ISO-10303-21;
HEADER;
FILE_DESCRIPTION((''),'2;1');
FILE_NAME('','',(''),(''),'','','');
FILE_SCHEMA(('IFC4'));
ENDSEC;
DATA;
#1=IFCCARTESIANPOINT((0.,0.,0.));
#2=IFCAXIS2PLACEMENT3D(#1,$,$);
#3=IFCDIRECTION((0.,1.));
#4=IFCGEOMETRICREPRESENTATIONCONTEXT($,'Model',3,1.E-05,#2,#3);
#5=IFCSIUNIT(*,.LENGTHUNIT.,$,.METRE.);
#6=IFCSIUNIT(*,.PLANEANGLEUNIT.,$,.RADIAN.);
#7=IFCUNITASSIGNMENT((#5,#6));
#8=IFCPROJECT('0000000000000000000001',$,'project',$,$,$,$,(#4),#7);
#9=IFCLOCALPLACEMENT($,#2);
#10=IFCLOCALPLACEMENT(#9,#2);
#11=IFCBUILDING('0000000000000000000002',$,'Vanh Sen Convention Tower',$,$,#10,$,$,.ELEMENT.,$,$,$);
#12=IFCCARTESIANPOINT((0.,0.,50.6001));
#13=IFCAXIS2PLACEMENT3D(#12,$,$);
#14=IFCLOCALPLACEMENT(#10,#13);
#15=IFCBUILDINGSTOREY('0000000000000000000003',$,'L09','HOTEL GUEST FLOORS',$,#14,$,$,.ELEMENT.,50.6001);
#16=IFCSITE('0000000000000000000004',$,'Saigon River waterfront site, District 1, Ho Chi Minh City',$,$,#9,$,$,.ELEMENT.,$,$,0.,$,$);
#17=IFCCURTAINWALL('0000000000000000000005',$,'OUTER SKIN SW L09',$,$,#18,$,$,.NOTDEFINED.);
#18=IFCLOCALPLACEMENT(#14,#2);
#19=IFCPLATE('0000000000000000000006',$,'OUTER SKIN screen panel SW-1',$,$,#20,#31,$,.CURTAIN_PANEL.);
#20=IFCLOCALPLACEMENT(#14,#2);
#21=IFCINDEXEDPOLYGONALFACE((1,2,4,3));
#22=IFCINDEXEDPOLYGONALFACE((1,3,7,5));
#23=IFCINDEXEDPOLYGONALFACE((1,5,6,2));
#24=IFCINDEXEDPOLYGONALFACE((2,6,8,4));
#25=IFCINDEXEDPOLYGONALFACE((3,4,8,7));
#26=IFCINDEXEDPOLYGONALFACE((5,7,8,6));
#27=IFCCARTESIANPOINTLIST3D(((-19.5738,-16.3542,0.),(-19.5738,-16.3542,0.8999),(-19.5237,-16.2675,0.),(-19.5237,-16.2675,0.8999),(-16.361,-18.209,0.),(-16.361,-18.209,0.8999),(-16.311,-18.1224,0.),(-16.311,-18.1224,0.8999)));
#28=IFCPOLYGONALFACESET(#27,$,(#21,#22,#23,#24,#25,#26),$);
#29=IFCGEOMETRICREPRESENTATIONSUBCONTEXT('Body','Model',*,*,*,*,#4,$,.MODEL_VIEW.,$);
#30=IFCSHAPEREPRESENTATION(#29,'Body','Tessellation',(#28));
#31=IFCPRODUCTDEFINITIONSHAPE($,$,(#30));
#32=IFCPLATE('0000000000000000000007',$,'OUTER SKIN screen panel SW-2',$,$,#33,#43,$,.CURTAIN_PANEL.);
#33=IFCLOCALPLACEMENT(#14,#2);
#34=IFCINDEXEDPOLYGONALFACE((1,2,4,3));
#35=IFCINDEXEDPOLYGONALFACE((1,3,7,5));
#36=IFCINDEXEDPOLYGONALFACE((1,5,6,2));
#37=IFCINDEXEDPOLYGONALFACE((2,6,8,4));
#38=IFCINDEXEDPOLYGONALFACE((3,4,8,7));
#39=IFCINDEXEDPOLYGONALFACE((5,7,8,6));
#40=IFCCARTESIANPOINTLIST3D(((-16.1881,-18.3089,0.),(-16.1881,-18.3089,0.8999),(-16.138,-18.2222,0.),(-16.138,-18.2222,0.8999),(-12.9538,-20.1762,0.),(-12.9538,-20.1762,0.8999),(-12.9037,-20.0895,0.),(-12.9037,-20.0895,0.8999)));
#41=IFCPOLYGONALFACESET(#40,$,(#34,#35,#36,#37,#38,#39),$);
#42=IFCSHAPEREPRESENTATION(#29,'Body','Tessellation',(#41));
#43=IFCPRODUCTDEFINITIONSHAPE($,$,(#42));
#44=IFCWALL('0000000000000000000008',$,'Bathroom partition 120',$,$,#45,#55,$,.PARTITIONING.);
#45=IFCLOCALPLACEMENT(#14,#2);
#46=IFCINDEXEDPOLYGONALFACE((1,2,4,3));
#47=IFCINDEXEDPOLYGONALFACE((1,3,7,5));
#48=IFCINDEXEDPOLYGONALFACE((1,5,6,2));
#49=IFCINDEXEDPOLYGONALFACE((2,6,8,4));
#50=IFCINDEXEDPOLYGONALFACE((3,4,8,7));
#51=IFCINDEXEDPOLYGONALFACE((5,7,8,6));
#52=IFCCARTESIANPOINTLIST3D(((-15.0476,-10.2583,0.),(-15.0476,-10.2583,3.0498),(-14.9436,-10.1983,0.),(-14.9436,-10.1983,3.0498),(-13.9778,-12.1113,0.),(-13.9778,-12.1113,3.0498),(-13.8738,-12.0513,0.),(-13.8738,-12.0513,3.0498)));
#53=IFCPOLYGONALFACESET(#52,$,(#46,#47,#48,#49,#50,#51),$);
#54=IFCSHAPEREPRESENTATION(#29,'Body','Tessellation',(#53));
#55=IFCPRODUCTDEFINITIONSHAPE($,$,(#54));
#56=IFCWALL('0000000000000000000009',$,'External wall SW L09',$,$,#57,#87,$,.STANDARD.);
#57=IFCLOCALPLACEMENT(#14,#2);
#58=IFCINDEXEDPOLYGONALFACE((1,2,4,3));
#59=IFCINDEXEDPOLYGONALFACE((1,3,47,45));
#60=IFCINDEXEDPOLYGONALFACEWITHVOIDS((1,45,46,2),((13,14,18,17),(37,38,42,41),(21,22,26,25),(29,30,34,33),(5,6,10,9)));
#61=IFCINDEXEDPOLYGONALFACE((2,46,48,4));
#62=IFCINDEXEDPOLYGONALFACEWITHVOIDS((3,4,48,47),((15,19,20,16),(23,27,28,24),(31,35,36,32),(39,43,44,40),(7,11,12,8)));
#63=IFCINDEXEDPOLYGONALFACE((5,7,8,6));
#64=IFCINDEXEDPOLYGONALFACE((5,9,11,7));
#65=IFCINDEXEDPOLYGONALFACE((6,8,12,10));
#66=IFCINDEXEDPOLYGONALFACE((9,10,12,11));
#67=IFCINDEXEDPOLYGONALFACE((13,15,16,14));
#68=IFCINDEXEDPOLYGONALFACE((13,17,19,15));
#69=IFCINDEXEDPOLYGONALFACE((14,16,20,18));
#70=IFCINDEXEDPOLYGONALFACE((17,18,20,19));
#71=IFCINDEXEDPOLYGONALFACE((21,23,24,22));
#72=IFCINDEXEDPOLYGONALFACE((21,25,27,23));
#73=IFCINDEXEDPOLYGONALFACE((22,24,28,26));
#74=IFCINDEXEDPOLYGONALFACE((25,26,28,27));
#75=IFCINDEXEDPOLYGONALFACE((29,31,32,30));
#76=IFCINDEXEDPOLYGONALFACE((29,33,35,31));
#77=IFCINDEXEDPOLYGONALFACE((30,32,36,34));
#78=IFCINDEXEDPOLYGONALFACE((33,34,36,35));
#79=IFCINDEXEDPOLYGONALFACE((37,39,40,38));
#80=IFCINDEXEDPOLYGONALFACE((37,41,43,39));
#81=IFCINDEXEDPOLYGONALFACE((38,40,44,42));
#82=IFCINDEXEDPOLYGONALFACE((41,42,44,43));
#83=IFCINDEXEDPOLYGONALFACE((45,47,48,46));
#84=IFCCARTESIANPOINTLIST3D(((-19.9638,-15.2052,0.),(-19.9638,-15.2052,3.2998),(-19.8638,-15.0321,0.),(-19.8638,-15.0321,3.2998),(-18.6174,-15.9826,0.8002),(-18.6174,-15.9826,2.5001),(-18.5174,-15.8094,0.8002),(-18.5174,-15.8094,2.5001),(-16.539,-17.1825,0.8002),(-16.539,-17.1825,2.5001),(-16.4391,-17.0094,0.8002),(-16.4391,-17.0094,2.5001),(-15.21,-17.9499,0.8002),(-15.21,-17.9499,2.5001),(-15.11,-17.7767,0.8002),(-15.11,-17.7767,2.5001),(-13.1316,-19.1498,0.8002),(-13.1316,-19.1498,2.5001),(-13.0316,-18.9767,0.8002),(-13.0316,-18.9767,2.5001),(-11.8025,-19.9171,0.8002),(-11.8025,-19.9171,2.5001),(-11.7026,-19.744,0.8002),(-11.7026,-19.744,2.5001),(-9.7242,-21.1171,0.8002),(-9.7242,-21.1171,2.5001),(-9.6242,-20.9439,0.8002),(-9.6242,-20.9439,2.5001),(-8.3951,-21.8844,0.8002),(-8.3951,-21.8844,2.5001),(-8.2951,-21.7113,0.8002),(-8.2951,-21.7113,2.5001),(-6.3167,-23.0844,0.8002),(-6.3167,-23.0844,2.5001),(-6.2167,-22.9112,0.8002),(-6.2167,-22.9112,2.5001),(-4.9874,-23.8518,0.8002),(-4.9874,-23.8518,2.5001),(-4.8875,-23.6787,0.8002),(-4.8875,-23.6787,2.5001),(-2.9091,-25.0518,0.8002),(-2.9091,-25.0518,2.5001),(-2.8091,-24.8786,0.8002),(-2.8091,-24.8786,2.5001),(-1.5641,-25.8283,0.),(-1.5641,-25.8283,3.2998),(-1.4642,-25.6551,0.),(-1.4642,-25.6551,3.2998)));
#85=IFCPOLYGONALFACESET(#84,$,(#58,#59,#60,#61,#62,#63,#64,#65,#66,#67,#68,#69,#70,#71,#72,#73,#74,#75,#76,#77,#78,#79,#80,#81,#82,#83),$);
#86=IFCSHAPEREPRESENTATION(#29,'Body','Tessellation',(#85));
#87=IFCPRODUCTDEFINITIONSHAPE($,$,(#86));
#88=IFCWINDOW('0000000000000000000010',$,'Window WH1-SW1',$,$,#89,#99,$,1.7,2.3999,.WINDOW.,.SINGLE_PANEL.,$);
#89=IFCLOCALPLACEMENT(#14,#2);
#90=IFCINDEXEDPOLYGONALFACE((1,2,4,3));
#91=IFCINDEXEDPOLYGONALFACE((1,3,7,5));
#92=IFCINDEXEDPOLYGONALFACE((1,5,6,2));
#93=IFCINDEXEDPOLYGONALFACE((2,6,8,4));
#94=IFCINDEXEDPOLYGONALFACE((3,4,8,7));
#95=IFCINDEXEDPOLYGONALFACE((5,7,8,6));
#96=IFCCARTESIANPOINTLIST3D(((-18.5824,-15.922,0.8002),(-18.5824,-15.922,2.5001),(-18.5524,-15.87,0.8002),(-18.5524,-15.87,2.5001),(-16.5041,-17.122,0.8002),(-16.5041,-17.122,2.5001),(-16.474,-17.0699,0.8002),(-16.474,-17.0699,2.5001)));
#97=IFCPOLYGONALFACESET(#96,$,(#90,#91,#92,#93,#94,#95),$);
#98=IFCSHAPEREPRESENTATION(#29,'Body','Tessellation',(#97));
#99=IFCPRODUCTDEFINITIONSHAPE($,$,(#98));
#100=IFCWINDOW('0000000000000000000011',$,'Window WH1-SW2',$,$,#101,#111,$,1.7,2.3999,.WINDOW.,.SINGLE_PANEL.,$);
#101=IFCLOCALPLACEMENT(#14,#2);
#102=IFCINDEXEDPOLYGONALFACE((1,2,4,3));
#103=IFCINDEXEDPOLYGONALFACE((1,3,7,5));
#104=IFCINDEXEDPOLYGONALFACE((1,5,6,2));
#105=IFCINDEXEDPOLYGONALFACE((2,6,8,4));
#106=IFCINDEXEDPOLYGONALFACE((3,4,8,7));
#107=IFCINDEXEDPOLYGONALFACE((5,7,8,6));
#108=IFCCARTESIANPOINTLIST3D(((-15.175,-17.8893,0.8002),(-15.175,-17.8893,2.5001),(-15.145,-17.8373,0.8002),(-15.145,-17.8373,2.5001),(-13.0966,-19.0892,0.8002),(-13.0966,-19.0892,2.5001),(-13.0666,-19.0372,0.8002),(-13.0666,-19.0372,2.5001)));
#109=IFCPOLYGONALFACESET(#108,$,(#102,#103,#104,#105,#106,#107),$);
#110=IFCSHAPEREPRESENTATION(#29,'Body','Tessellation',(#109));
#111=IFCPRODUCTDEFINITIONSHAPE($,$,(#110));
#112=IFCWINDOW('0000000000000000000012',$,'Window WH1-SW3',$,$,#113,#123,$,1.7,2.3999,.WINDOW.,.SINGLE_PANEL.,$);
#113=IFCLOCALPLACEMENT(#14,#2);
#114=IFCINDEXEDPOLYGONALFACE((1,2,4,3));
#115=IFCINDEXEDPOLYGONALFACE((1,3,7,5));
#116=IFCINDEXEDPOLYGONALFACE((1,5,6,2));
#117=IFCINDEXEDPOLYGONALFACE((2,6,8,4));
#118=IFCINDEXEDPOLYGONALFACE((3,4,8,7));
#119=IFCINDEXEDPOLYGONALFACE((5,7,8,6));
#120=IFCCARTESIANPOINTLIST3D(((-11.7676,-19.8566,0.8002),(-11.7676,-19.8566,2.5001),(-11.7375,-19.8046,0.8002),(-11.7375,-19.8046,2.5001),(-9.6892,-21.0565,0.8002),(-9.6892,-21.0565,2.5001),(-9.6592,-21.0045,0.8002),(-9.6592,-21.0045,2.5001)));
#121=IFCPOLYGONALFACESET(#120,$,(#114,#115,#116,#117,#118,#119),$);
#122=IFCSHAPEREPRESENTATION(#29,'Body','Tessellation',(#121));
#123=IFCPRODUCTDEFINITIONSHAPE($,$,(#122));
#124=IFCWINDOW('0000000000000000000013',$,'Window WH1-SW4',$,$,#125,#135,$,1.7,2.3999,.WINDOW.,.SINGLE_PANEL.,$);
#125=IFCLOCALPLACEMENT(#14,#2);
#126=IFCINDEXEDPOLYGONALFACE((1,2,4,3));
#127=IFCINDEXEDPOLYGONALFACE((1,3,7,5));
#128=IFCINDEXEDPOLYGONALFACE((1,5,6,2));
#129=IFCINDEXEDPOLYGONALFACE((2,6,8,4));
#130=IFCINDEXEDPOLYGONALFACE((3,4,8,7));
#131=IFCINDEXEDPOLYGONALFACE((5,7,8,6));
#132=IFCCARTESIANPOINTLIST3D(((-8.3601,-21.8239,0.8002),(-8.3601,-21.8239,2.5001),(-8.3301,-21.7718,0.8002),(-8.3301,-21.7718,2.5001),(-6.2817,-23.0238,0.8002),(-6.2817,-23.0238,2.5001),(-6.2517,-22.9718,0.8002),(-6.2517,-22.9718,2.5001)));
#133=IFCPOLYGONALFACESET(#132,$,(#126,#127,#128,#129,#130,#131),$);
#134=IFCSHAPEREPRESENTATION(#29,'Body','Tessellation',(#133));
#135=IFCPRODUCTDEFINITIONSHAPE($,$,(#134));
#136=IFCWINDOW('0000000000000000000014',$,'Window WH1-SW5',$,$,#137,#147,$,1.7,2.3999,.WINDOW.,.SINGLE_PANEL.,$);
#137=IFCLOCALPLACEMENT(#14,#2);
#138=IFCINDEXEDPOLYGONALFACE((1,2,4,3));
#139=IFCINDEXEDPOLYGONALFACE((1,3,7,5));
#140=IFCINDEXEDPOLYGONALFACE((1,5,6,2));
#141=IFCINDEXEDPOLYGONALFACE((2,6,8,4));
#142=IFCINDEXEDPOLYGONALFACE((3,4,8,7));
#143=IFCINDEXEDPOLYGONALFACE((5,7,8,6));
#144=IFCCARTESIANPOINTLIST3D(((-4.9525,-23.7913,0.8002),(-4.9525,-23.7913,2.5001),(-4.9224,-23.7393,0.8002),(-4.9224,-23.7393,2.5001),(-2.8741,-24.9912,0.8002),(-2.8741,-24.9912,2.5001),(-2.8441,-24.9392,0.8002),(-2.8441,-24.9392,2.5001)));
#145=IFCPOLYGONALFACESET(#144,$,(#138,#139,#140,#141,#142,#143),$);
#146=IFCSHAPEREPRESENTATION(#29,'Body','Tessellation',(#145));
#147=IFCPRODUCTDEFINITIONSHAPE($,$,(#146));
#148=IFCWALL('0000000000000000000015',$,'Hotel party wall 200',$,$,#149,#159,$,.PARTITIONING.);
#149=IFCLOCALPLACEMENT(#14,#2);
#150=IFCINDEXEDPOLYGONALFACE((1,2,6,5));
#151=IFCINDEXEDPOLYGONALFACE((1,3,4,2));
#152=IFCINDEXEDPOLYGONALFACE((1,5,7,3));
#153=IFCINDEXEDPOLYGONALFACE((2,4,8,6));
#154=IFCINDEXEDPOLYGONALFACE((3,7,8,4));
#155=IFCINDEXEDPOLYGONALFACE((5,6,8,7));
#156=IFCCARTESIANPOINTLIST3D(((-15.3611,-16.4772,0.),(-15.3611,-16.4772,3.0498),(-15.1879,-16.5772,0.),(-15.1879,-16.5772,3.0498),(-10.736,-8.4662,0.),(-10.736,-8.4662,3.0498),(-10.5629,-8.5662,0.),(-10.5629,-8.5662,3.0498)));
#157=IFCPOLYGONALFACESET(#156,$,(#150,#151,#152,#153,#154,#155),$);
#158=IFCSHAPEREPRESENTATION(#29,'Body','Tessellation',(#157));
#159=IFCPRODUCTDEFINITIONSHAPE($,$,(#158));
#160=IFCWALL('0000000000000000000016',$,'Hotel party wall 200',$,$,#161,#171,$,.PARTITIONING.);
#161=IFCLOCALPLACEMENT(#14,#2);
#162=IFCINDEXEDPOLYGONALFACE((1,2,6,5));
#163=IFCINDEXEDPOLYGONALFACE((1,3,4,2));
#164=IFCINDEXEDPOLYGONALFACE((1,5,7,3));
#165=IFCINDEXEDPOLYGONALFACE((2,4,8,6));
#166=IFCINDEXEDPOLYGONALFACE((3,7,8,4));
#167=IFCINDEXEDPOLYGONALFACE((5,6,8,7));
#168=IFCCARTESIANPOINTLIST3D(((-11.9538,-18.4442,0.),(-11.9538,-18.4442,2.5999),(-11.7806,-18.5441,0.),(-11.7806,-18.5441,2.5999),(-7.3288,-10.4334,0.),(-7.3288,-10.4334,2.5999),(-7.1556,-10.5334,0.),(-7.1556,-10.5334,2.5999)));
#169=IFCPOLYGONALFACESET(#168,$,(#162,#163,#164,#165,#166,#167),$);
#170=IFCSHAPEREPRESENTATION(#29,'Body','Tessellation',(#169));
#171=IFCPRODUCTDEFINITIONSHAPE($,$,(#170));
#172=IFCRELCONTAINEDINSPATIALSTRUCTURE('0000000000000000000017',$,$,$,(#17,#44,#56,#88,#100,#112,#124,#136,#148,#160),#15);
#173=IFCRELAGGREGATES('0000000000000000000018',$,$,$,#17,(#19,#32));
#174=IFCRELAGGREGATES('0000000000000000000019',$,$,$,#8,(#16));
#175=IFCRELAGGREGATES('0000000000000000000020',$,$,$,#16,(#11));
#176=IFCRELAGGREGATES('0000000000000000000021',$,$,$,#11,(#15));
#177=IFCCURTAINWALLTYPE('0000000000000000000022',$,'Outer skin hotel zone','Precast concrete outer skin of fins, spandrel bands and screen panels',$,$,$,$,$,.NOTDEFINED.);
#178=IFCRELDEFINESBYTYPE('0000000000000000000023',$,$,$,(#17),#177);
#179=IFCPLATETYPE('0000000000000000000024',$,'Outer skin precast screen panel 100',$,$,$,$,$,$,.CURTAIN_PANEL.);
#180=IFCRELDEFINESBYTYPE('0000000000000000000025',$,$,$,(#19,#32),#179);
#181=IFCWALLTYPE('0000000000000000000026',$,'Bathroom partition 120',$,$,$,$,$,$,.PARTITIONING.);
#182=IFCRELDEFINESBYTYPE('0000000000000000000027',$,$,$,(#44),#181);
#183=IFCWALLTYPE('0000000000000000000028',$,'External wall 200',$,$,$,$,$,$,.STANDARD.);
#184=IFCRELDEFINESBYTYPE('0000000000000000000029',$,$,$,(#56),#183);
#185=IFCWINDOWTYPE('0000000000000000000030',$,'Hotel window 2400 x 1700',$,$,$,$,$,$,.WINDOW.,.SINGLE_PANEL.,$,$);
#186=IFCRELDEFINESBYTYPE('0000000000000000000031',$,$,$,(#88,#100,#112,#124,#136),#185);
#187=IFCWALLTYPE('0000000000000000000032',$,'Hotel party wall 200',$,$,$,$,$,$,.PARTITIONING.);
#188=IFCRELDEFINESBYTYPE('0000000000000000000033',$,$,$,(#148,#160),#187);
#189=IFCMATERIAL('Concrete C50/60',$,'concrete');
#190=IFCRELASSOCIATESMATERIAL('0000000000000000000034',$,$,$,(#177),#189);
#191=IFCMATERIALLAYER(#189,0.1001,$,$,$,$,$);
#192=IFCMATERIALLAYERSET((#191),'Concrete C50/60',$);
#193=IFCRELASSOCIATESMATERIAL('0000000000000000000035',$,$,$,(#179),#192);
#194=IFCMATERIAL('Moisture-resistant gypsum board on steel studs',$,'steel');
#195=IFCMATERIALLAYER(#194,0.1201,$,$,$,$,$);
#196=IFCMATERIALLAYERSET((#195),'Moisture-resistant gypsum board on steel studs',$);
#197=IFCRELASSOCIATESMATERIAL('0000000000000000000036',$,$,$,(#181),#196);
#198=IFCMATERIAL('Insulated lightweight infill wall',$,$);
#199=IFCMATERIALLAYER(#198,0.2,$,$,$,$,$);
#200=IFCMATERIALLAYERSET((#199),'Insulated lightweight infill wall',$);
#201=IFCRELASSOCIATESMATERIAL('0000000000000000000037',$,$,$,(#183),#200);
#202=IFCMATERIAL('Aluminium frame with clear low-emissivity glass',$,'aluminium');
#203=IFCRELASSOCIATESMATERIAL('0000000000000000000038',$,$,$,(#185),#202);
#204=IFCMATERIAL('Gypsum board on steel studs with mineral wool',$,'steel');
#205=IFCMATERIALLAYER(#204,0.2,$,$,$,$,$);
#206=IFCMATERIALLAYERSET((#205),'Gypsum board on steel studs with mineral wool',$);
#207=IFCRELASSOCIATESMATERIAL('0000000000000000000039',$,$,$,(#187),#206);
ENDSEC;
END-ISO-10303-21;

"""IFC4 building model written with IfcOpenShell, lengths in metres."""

from ifc_helpers import new_model, si_unit, direction, frame, frame_2d, origin, origin_2d, place, context, subcontext, project, spatial, rectangle, extrude, material, layer, layer_set, type_object, element, fill, aggregate, save


model = new_model("IFC4")

# Units and contexts
model_context = context("Model", 3, precision=1e-05, world=origin(), true_north=direction((0.0, 1.0)))
body_context = subcontext(model_context, "Body", "Model", "MODEL_VIEW")
ifc_project = project(units=[si_unit("LENGTHUNIT", "METRE"), si_unit("PLANEANGLEUNIT", "RADIAN")], contexts=[model_context])

# Site, building, storey
site_placement = place(None, origin())
site = spatial("IfcSite", under=ifc_project, at=site_placement, Name="Saigon River waterfront site, District 1, Ho Chi Minh City", CompositionType="ELEMENT", RefElevation=0.0)
building_placement = place(site_placement, origin())
building = spatial("IfcBuilding", under=site, at=building_placement, Name="Vanh Sen Convention Tower", CompositionType="ELEMENT")
storey_placement = place(building_placement, frame((0.0, 0.0, 50.6001)))
storey = spatial("IfcBuildingStorey", under=building, at=storey_placement, Name="L09", Description="HOTEL GUEST FLOORS", CompositionType="ELEMENT", Elevation=50.6001)

# Curtain wall
ifc_material_1 = material(Name="Concrete C50/60", Category="concrete")
curtain_wall_type = type_object("IfcCurtainWallType", Name="Outer skin hotel zone", Description="Precast concrete outer skin of fins, spandrel bands and screen panels", PredefinedType="NOTDEFINED", material=ifc_material_1)
curtain_wall_1_placement = place(storey_placement, origin())
curtain_wall_1 = element("IfcCurtainWall", 1, at=curtain_wall_1_placement, inside=storey, type_object=curtain_wall_type, Name="OUTER SKIN SW L09", PredefinedType="NOTDEFINED")

# Shared definitions
ifc_layer_1 = layer(ifc_material_1, 0.1001)
ifc_layer_set_1 = layer_set([ifc_layer_1], Name="Concrete C50/60")
plate_type = type_object("IfcPlateType", Name="Outer skin precast screen panel 100", PredefinedType="CURTAIN_PANEL", material=ifc_layer_set_1)

# Plates
plate_1_placement = place(storey_placement, frame((-17.9424, -17.2383, 0.0), z_axis=(0.0, 0.0, 1.0), x_axis=(0.866028, -0.499995, 0.0)))
plate_1 = element("IfcPlate", 2, at=plate_1_placement, type_object=plate_type, Name="OUTER SKIN screen panel SW-1", PredefinedType="CURTAIN_PANEL", context=body_context, shape_type="SweptSolid", body=[
    extrude(rectangle(XDim=3.7097, YDim=0.1001, at=origin_2d()), origin(), (0.0, 0.0, 1.0), 0.8999),
])
plate_2_placement = place(storey_placement, frame((-14.5459, -19.1992, 0.0), z_axis=(0.0, 0.0, 1.0), x_axis=(0.866032, -0.499988, 0.0)))
plate_2 = element("IfcPlate", 3, at=plate_2_placement, type_object=plate_type, Name="OUTER SKIN screen panel SW-2", PredefinedType="CURTAIN_PANEL", context=body_context, shape_type="SweptSolid", body=[
    extrude(rectangle(XDim=3.7346, YDim=0.1001, at=origin_2d()), origin(), (0.0, 0.0, 1.0), 0.8999),
])
aggregate(curtain_wall_1, [plate_1, plate_2])

# Wall
ifc_material_2 = material(Name="Moisture-resistant gypsum board on steel studs", Category="steel")
ifc_layer_2 = layer(ifc_material_2, 0.1201)
ifc_layer_set_2 = layer_set([ifc_layer_2], Name="Moisture-resistant gypsum board on steel studs")
wall_type_1 = type_object("IfcWallType", Name="Bathroom partition 120", PredefinedType="PARTITIONING", material=ifc_layer_set_2)
wall_1_placement = place(storey_placement, frame((-13.9258, -12.0813, 0.0), z_axis=(0.0, 0.0, 1.0), x_axis=(-0.499992, 0.86603, 0.0)))
element("IfcWall", 4, at=wall_1_placement, inside=storey, type_object=wall_type_1, Name="Bathroom partition 120", PredefinedType="PARTITIONING", context=body_context, shape_type="SweptSolid", body=[
    extrude(rectangle(XDim=2.1396, YDim=0.1201, at=frame_2d((1.0698, 0.0))), origin(), (0.0, 0.0, 1.0), 3.0498),
])

# Wall, openings, windows
ifc_material_3 = material(Name="Insulated lightweight infill wall")
ifc_layer_3 = layer(ifc_material_3, 0.2)
ifc_layer_set_3 = layer_set([ifc_layer_3], Name="Insulated lightweight infill wall")
wall_type_2 = type_object("IfcWallType", Name="External wall 200", PredefinedType="STANDARD", material=ifc_layer_set_3)
wall_2_placement = place(storey_placement, frame((-19.9138, -15.1187, 0.0), z_axis=(0.0, 0.0, 1.0), x_axis=(0.866025, -0.5, 0.0)))
wall_2 = element("IfcWall", 5, at=wall_2_placement, inside=storey, type_object=wall_type_2, Name="External wall SW L09", PredefinedType="STANDARD", context=body_context, shape_type="SweptSolid", body=[
    extrude(rectangle(XDim=21.2461, YDim=0.2, at=frame_2d((10.623, 0.0))), origin(), (0.0, 0.0, 1.0), 3.2998),
])
opening_1_placement = place(wall_2_placement, frame((1.5547, 0.0, 0.8)))
opening_1 = element("IfcOpeningElement", 6, at=opening_1_placement, cuts=wall_2, PredefinedType="OPENING", context=body_context, shape_type="SweptSolid", body=[
    extrude(rectangle(XDim=2.3999, YDim=1.7, at=frame_2d((1.2, 0.8501))), frame((0.0, 0.1099, 0.0), z_axis=(0.0, -1.0, 0.0), x_axis=(1.0, 0.0, 0.0)), (0.0, 0.0, 1.0), 0.22),
])
opening_2_placement = place(wall_2_placement, frame((5.4893, 0.0, 0.8)))
opening_2 = element("IfcOpeningElement", 7, at=opening_2_placement, cuts=wall_2, PredefinedType="OPENING", context=body_context, shape_type="SweptSolid", body=[
    extrude(rectangle(XDim=2.3999, YDim=1.7, at=frame_2d((1.2, 0.8501))), frame((0.0, 0.1099, 0.0), z_axis=(0.0, -1.0, 0.0), x_axis=(1.0, 0.0, 0.0)), (0.0, 0.0, 1.0), 0.22),
])
opening_3_placement = place(wall_2_placement, frame((9.4238, 0.0, 0.8)))
opening_3 = element("IfcOpeningElement", 8, at=opening_3_placement, cuts=wall_2, PredefinedType="OPENING", context=body_context, shape_type="SweptSolid", body=[
    extrude(rectangle(XDim=2.3999, YDim=1.7, at=frame_2d((1.2, 0.8501))), frame((0.0, 0.1099, 0.0), z_axis=(0.0, -1.0, 0.0), x_axis=(1.0, 0.0, 0.0)), (0.0, 0.0, 1.0), 0.22),
])
opening_4_placement = place(wall_2_placement, frame((13.3584, 0.0, 0.8)))
opening_4 = element("IfcOpeningElement", 9, at=opening_4_placement, cuts=wall_2, PredefinedType="OPENING", context=body_context, shape_type="SweptSolid", body=[
    extrude(rectangle(XDim=2.3999, YDim=1.7, at=frame_2d((1.2, 0.8501))), frame((0.0, 0.1099, 0.0), z_axis=(0.0, -1.0, 0.0), x_axis=(1.0, 0.0, 0.0)), (0.0, 0.0, 1.0), 0.22),
])
opening_5_placement = place(wall_2_placement, frame((17.2932, 0.0, 0.8)))
opening_5 = element("IfcOpeningElement", 10, at=opening_5_placement, cuts=wall_2, PredefinedType="OPENING", context=body_context, shape_type="SweptSolid", body=[
    extrude(rectangle(XDim=2.3999, YDim=1.7, at=frame_2d((1.2, 0.8501))), frame((0.0, 0.1099, 0.0), z_axis=(0.0, -1.0, 0.0), x_axis=(1.0, 0.0, 0.0)), (0.0, 0.0, 1.0), 0.22),
])
ifc_material_4 = material(Name="Aluminium frame with clear low-emissivity glass", Category="aluminium")
window_type = type_object("IfcWindowType", Name="Hotel window 2400 x 1700", PartitioningType="SINGLE_PANEL", PredefinedType="WINDOW", material=ifc_material_4)
window_1_placement = place(opening_1_placement, origin())
window_1 = element("IfcWindow", 11, at=window_1_placement, inside=storey, type_object=window_type, Name="Window WH1-SW1", OverallHeight=1.7, OverallWidth=2.3999, PartitioningType="SINGLE_PANEL", PredefinedType="WINDOW", context=body_context, shape_type="SweptSolid", body=[
    extrude(rectangle(XDim=2.3999, YDim=1.7, at=frame_2d((1.2, 0.8501))), frame((0.0, 0.03, 0.0), z_axis=(0.0, -1.0, 0.0), x_axis=(1.0, 0.0, 0.0)), (0.0, 0.0, 1.0), 0.0601),
])
fill(opening_1, window_1)
window_2_placement = place(opening_2_placement, origin())
window_2 = element("IfcWindow", 12, at=window_2_placement, inside=storey, type_object=window_type, Name="Window WH1-SW2", OverallHeight=1.7, OverallWidth=2.3999, PartitioningType="SINGLE_PANEL", PredefinedType="WINDOW", context=body_context, shape_type="SweptSolid", body=[
    extrude(rectangle(XDim=2.3999, YDim=1.7, at=frame_2d((1.2, 0.8501))), frame((0.0, 0.03, 0.0), z_axis=(0.0, -1.0, 0.0), x_axis=(1.0, 0.0, 0.0)), (0.0, 0.0, 1.0), 0.0601),
])
fill(opening_2, window_2)
window_3_placement = place(opening_3_placement, origin())
window_3 = element("IfcWindow", 13, at=window_3_placement, inside=storey, type_object=window_type, Name="Window WH1-SW3", OverallHeight=1.7, OverallWidth=2.3999, PartitioningType="SINGLE_PANEL", PredefinedType="WINDOW", context=body_context, shape_type="SweptSolid", body=[
    extrude(rectangle(XDim=2.3999, YDim=1.7, at=frame_2d((1.2, 0.8501))), frame((0.0, 0.03, 0.0), z_axis=(0.0, -1.0, 0.0), x_axis=(1.0, 0.0, 0.0)), (0.0, 0.0, 1.0), 0.0601),
])
fill(opening_3, window_3)
window_4_placement = place(opening_4_placement, origin())
window_4 = element("IfcWindow", 14, at=window_4_placement, inside=storey, type_object=window_type, Name="Window WH1-SW4", OverallHeight=1.7, OverallWidth=2.3999, PartitioningType="SINGLE_PANEL", PredefinedType="WINDOW", context=body_context, shape_type="SweptSolid", body=[
    extrude(rectangle(XDim=2.3999, YDim=1.7, at=frame_2d((1.2, 0.8501))), frame((0.0, 0.03, 0.0), z_axis=(0.0, -1.0, 0.0), x_axis=(1.0, 0.0, 0.0)), (0.0, 0.0, 1.0), 0.0601),
])
fill(opening_4, window_4)
window_5_placement = place(opening_5_placement, origin())
window_5 = element("IfcWindow", 15, at=window_5_placement, inside=storey, type_object=window_type, Name="Window WH1-SW5", OverallHeight=1.7, OverallWidth=2.3999, PartitioningType="SINGLE_PANEL", PredefinedType="WINDOW", context=body_context, shape_type="SweptSolid", body=[
    extrude(rectangle(XDim=2.3999, YDim=1.7, at=frame_2d((1.2, 0.8501))), frame((0.0, 0.03, 0.0), z_axis=(0.0, -1.0, 0.0), x_axis=(1.0, 0.0, 0.0)), (0.0, 0.0, 1.0), 0.0601),
])
fill(opening_5, window_5)

# Walls
ifc_material_5 = material(Name="Gypsum board on steel studs with mineral wool", Category="steel")
ifc_layer_4 = layer(ifc_material_5, 0.2)
ifc_layer_set_4 = layer_set([ifc_layer_4], Name="Gypsum board on steel studs with mineral wool")
wall_type_3 = type_object("IfcWallType", Name="Hotel party wall 200", PredefinedType="PARTITIONING", material=ifc_layer_set_4)
wall_3_placement = place(storey_placement, frame((-15.2744, -16.5271, 0.0), z_axis=(0.0, 0.0, 1.0), x_axis=(0.499988, 0.866032, 0.0)))
element("IfcWall", 16, at=wall_3_placement, inside=storey, type_object=wall_type_3, Name="Hotel party wall 200", PredefinedType="PARTITIONING", context=body_context, shape_type="SweptSolid", body=[
    extrude(rectangle(XDim=9.2502, YDim=0.2, at=frame_2d((4.625, 0.0))), origin(), (0.0, 0.0, 1.0), 3.0498),
])
wall_4_placement = place(storey_placement, frame((-11.8672, -18.4941, 0.0), z_axis=(0.0, 0.0, 1.0), x_axis=(0.5, 0.866026, 0.0)))
element("IfcWall", 17, at=wall_4_placement, inside=storey, type_object=wall_type_3, Name="Hotel party wall 200", PredefinedType="PARTITIONING", context=body_context, shape_type="SweptSolid", body=[
    extrude(rectangle(XDim=9.25, YDim=0.2, at=frame_2d((4.625, 0.0))), origin(), (0.0, 0.0, 1.0), 2.5999),
])

save(model, "model.ifc")
